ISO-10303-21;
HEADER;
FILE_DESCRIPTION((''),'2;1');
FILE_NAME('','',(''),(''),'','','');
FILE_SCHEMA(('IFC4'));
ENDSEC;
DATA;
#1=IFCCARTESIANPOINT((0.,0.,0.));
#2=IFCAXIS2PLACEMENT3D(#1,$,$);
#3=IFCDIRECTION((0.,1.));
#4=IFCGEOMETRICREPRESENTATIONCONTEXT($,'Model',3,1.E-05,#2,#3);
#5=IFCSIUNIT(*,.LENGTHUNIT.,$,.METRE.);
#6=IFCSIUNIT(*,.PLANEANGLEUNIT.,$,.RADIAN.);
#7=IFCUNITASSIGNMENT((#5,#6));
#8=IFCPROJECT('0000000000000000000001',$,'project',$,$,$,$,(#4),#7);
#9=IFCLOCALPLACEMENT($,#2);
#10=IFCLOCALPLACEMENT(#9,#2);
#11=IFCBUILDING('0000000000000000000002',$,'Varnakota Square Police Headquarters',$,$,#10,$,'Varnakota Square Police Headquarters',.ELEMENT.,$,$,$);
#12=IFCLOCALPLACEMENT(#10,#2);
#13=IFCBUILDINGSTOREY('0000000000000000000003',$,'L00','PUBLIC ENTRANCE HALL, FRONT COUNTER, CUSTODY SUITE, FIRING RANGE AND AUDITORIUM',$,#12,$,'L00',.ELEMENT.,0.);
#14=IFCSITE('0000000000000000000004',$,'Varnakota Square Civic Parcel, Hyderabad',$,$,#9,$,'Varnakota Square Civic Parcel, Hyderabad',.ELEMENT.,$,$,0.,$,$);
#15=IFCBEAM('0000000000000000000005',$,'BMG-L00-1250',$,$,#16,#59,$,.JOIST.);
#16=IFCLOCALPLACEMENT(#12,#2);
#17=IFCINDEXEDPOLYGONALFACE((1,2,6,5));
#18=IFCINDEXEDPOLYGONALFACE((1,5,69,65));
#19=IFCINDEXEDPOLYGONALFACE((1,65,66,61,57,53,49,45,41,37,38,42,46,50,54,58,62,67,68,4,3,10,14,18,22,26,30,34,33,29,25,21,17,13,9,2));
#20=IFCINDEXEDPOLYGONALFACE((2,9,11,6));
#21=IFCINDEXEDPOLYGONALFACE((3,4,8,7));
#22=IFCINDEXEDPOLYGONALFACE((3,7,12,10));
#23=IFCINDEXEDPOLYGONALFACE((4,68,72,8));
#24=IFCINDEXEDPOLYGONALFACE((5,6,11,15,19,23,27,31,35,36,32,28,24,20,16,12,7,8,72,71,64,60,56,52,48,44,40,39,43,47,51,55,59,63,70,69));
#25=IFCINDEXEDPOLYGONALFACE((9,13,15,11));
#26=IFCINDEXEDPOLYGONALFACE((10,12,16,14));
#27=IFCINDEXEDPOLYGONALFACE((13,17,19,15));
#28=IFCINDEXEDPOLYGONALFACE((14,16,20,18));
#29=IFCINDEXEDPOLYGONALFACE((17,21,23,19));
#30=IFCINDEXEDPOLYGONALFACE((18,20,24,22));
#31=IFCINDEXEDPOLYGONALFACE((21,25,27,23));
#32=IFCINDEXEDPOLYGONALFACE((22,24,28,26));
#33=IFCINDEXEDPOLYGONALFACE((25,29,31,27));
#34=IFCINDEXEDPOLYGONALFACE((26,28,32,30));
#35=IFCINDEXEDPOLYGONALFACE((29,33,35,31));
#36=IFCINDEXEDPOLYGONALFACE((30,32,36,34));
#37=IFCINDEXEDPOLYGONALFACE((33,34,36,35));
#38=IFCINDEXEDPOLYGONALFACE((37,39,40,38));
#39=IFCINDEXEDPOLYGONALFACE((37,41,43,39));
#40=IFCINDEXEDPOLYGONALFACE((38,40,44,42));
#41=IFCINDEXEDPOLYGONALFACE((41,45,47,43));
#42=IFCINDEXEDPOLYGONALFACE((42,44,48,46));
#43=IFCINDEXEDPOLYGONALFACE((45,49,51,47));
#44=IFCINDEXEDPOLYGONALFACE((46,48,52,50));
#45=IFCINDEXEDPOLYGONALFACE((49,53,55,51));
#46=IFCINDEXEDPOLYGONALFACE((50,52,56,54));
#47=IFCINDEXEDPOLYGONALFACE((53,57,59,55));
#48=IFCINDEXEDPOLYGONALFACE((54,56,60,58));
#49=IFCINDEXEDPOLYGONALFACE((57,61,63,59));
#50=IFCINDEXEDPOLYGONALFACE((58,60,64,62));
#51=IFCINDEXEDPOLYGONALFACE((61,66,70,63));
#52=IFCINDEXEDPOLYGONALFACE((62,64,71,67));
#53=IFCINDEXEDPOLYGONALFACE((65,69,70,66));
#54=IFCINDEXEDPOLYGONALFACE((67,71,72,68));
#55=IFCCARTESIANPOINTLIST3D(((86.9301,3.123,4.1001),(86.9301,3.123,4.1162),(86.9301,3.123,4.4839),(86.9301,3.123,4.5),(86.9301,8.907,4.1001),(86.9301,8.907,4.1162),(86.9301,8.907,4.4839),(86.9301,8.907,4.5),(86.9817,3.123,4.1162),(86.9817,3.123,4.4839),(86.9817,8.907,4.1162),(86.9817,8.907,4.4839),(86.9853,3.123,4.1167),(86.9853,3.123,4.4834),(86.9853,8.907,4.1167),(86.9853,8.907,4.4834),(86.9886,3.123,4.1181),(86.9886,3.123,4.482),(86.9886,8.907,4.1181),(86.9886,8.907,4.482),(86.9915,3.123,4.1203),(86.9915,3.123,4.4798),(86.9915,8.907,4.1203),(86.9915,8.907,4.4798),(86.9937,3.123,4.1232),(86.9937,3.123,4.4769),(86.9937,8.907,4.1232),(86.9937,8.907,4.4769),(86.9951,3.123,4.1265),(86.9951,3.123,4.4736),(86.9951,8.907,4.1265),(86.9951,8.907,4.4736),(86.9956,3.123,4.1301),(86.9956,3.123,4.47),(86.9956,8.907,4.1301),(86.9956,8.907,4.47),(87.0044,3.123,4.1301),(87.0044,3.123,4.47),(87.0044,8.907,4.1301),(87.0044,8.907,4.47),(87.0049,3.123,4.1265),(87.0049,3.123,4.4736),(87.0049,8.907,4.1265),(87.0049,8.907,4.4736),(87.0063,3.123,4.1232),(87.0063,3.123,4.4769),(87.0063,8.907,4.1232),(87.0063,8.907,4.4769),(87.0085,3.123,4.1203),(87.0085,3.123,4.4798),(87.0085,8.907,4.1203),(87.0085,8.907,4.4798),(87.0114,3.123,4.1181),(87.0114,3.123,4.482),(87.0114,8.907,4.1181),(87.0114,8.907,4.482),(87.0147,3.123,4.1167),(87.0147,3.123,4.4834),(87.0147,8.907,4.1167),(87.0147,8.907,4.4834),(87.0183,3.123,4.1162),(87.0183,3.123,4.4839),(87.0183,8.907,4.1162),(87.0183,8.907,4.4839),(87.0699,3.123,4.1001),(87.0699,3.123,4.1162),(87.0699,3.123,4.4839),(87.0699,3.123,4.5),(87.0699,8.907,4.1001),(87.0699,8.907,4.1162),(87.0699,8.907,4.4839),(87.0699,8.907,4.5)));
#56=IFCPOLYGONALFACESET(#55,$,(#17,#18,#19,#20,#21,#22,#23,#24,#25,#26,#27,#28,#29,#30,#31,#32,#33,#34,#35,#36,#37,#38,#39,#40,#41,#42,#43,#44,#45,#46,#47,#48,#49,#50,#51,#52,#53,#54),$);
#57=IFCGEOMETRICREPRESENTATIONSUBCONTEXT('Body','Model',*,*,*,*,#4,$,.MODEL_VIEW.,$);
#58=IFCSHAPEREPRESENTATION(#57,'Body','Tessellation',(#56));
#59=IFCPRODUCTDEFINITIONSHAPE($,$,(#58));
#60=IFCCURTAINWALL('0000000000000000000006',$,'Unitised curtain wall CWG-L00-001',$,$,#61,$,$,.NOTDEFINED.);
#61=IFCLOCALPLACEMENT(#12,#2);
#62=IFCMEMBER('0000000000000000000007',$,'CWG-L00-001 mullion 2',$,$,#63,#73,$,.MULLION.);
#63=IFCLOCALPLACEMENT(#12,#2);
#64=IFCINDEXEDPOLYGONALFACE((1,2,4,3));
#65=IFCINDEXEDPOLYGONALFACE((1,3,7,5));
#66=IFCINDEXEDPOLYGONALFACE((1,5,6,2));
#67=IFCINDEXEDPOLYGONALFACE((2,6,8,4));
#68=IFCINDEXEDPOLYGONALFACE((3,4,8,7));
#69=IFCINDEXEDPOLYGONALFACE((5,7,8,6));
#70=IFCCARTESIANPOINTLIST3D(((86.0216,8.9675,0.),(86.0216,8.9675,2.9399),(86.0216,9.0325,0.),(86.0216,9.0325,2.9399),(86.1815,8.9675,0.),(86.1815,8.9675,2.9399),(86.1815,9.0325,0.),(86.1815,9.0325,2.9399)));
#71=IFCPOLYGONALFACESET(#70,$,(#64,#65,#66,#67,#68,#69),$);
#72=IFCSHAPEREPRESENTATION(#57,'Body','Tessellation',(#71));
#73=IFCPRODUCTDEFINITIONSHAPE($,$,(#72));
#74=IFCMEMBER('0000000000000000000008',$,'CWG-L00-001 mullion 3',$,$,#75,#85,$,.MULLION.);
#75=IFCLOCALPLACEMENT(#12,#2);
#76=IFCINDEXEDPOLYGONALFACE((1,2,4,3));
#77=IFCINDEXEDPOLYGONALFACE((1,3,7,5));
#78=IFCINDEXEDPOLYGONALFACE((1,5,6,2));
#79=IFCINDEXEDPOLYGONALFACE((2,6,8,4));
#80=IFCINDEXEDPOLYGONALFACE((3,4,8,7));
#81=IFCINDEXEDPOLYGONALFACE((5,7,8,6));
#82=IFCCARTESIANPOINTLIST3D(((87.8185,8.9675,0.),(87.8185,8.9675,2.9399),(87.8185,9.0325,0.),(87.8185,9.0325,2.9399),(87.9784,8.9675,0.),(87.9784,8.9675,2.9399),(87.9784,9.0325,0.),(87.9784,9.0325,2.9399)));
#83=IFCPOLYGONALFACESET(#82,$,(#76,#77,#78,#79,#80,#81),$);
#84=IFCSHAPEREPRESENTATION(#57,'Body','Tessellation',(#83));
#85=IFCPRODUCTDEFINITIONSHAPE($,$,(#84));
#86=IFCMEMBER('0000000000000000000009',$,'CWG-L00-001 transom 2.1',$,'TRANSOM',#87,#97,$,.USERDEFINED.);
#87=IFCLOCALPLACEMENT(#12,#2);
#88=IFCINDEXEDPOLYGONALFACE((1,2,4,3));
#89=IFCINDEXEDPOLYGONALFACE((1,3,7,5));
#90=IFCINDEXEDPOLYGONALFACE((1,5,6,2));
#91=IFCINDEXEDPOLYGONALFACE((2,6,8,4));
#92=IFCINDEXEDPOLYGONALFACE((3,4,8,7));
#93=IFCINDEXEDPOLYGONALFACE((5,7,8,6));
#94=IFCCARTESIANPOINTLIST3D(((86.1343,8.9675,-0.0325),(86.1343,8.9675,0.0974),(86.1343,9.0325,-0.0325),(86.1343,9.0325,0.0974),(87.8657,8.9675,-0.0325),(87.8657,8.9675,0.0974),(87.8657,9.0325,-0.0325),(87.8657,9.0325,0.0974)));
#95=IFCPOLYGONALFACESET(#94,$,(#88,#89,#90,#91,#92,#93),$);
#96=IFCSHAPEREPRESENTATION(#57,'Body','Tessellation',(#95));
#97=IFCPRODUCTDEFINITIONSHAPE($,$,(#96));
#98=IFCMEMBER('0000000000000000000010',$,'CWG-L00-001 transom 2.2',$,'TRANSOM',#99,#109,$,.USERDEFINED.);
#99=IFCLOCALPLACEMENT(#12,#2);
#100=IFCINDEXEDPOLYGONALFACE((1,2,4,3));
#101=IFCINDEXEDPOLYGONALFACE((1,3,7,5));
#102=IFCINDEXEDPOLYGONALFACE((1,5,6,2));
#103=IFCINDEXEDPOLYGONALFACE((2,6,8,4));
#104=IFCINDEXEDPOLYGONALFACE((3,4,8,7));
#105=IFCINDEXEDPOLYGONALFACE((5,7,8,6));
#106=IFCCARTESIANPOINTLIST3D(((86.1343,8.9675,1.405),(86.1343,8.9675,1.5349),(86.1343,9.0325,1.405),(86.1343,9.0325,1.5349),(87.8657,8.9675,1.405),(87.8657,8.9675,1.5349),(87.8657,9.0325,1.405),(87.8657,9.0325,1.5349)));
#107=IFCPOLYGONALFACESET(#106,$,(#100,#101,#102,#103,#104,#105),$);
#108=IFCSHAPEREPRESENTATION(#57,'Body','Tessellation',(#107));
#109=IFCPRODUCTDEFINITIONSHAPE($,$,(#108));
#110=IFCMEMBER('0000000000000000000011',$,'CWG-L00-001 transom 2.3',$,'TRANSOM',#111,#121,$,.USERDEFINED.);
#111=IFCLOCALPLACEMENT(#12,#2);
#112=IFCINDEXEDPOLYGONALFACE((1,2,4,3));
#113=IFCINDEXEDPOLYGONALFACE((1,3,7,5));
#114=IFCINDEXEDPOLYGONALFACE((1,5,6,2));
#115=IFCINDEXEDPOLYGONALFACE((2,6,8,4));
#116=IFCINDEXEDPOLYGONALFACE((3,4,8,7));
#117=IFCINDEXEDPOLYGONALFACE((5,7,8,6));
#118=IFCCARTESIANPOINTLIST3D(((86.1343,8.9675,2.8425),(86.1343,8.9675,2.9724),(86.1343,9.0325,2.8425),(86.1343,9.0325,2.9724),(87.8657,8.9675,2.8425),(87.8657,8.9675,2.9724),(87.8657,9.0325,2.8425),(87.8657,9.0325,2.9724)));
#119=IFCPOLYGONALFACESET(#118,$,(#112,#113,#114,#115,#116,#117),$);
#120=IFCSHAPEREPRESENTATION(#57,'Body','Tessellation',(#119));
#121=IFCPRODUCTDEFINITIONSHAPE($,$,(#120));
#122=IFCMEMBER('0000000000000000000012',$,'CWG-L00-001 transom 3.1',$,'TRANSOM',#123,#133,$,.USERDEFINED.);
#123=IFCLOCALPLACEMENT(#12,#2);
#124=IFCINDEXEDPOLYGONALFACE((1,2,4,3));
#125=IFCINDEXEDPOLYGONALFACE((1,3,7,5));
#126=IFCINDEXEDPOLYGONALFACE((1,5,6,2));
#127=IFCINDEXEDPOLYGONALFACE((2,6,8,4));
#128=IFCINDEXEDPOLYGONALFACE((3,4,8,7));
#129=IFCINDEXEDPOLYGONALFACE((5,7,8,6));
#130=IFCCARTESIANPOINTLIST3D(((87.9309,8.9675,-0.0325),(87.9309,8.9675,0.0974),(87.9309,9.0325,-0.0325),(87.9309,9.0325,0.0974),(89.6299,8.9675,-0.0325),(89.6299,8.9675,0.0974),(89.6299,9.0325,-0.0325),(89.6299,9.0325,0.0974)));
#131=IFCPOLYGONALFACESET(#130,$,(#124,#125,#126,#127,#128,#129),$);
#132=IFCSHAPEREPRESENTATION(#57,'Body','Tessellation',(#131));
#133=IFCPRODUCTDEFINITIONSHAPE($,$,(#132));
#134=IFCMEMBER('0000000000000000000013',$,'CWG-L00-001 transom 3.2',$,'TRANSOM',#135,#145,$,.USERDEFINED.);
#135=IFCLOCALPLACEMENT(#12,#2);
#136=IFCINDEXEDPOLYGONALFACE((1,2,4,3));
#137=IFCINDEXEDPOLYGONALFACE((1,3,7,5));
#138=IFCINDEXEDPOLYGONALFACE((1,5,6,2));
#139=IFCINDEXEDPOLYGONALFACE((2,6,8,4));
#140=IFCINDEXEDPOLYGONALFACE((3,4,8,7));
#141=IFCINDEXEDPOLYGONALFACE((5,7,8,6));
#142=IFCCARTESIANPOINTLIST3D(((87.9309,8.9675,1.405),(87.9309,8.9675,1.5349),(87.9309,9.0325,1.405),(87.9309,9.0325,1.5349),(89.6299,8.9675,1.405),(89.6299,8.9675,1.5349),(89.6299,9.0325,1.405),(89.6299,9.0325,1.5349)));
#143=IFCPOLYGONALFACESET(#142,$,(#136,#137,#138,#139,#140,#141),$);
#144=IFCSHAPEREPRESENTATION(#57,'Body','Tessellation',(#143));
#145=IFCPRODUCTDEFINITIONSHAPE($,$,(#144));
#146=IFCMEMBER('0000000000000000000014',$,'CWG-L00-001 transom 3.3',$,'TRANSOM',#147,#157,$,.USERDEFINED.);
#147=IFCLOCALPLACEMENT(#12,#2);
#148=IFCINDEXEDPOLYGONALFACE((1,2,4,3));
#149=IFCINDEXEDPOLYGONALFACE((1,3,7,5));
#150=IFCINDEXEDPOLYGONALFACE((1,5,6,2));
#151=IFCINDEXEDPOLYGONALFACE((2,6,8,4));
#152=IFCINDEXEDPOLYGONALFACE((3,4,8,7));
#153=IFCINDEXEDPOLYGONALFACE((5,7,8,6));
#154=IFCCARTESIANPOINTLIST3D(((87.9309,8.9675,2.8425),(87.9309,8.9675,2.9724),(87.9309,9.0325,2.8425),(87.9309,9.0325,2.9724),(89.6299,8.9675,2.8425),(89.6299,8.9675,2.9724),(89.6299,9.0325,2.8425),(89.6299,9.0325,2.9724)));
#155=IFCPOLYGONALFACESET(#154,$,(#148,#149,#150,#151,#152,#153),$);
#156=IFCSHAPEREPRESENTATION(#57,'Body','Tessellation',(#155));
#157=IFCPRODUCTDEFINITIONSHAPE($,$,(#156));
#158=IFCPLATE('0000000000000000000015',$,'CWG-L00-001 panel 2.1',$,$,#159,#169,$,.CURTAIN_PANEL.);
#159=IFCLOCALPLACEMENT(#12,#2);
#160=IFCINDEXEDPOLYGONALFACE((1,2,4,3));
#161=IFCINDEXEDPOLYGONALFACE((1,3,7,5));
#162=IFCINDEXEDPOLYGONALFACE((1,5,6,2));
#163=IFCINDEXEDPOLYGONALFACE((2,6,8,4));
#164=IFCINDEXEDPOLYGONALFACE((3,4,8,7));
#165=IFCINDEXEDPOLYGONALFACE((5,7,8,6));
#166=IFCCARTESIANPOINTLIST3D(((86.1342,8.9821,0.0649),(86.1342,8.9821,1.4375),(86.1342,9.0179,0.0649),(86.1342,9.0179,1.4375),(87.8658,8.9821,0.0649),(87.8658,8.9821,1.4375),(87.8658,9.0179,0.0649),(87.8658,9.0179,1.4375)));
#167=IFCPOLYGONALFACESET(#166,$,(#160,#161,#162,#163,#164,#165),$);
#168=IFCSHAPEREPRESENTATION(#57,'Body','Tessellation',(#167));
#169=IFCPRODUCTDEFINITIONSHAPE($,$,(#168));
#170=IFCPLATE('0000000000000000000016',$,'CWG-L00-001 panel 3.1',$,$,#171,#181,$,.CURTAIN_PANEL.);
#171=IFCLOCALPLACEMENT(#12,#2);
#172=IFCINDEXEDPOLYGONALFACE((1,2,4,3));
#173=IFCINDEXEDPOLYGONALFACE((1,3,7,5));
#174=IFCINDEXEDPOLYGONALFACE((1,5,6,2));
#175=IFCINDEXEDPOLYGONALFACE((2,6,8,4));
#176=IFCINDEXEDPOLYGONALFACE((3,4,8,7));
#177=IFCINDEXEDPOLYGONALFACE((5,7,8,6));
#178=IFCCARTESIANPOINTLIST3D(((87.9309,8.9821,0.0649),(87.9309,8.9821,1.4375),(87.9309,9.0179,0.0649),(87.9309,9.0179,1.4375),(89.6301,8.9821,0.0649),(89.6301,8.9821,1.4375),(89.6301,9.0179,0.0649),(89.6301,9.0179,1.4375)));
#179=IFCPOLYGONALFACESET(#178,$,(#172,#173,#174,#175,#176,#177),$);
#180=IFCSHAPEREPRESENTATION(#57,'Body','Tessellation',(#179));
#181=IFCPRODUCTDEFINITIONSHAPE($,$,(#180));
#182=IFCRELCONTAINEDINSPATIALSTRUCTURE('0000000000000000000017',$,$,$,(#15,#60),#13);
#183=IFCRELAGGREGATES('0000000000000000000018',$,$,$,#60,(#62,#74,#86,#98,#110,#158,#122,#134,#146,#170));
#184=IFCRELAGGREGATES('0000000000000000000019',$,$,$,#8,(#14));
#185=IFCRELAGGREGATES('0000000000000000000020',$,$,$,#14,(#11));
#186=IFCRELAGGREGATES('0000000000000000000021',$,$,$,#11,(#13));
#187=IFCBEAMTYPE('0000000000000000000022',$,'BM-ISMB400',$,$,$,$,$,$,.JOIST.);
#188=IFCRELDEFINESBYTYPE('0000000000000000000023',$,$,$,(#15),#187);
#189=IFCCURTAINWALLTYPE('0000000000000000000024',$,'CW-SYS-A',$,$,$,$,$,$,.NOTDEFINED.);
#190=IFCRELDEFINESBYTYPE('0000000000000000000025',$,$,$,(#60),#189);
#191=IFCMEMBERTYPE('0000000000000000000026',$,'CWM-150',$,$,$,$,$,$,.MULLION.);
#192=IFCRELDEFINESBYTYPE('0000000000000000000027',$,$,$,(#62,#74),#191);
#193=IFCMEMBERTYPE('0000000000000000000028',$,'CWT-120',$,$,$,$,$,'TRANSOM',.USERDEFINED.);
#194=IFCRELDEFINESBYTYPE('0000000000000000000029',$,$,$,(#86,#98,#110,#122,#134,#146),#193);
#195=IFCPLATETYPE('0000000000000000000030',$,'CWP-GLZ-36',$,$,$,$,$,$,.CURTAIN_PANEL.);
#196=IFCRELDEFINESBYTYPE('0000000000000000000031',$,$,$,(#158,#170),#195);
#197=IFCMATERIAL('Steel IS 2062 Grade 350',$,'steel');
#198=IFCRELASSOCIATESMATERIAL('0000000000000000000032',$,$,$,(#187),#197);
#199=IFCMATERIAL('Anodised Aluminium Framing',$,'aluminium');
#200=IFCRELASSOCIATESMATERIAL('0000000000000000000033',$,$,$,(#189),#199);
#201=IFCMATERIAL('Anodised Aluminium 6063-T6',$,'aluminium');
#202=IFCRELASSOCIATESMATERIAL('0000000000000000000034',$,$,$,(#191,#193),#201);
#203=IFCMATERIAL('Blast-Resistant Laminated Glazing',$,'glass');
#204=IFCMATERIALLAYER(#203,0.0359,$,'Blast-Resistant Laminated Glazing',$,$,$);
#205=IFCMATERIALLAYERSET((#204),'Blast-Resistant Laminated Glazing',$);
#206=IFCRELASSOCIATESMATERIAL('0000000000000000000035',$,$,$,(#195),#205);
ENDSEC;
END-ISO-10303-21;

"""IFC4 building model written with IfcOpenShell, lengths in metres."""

from ifc_helpers import new_model, si_unit, direction, frame, origin, origin_2d, place, context, subcontext, project, spatial, rectangle, i_section, extrude, material, layer, layer_set, material_profile, profile_set, type_object, element, aggregate, save


model = new_model("IFC4")

# Units and contexts
model_context = context("Model", 3, precision=1e-05, world=origin(), true_north=direction((0.0, 1.0)))
body_context = subcontext(model_context, "Body", "Model", "MODEL_VIEW")
ifc_project = project(units=[si_unit("LENGTHUNIT", "METRE"), si_unit("PLANEANGLEUNIT", "RADIAN")], contexts=[model_context])

# Site, building, storey
site_placement = place(None, origin())
site = spatial("IfcSite", under=ifc_project, at=site_placement, Name="Varnakota Square Civic Parcel, Hyderabad", LongName="Varnakota Square Civic Parcel, Hyderabad", CompositionType="ELEMENT", RefElevation=0.0)
building_placement = place(site_placement, origin())
building = spatial("IfcBuilding", under=site, at=building_placement, Name="Varnakota Square Police Headquarters", LongName="Varnakota Square Police Headquarters", CompositionType="ELEMENT")
storey_placement = place(building_placement, origin())
storey = spatial("IfcBuildingStorey", under=building, at=storey_placement, Name="L00", Description="PUBLIC ENTRANCE HALL, FRONT COUNTER, CUSTODY SUITE, FIRING RANGE AND AUDITORIUM", LongName="L00", CompositionType="ELEMENT", Elevation=0.0)

# Beam
ifc_material_1 = material(Name="Steel IS 2062 Grade 350", Category="steel")
ifc_material_profile_1 = material_profile(ifc_material_1, i_section(OverallWidth=0.1399, OverallDepth=0.3999, WebThickness=0.0088, FlangeThickness=0.0161, FilletRadius=0.0139, at=origin_2d()), Name="ISMB 400")
ifc_profile_set_1 = profile_set([ifc_material_profile_1], Name="Steel IS 2062 Grade 350")
beam_type = type_object("IfcBeamType", Name="BM-ISMB400", PredefinedType="JOIST", material=ifc_profile_set_1)
beam_placement = place(storey_placement, frame((87.0, 3.123, 4.3), z_axis=(0.0, 1.0, 0.0), x_axis=(-1.0, 0.0, 0.0)))
element("IfcBeam", 1, at=beam_placement, inside=storey, type_object=beam_type, Name="BMG-L00-1250", PredefinedType="JOIST", context=body_context, shape_type="SweptSolid", body=[
    extrude(i_section(OverallWidth=0.1399, OverallDepth=0.3999, WebThickness=0.0088, FlangeThickness=0.0161, FilletRadius=0.0139, at=origin_2d()), origin(), (0.0, 0.0, 1.0), 5.7839),
])

# Curtain wall, members, plates
ifc_material_2 = material(Name="Anodised Aluminium Framing", Category="aluminium")
curtain_wall_type = type_object("IfcCurtainWallType", Name="CW-SYS-A", PredefinedType="NOTDEFINED", material=ifc_material_2)
curtain_wall_placement = place(storey_placement, origin())
curtain_wall = element("IfcCurtainWall", 2, at=curtain_wall_placement, inside=storey, type_object=curtain_wall_type, Name="Unitised curtain wall CWG-L00-001", PredefinedType="NOTDEFINED")
ifc_material_3 = material(Name="Anodised Aluminium 6063-T6", Category="aluminium")
ifc_material_profile_2 = material_profile(ifc_material_3, rectangle(XDim=0.0649, YDim=0.1599, at=origin_2d()), Name="ALU MULLION 65x160")
ifc_profile_set_2 = profile_set([ifc_material_profile_2], Name="Anodised Aluminium 6063-T6")
member_type_1 = type_object("IfcMemberType", Name="CWM-150", PredefinedType="MULLION", material=ifc_profile_set_2)
member_1_placement = place(storey_placement, frame((86.1016, 9.0, 0.0), z_axis=(0.0, 0.0, 1.0), x_axis=(0.0, 1.0, 0.0)))
member_1 = element("IfcMember", 3, at=member_1_placement, type_object=member_type_1, Name="CWG-L00-001 mullion 2", PredefinedType="MULLION", context=body_context, shape_type="SweptSolid", body=[
    extrude(rectangle(XDim=0.0649, YDim=0.1599, at=origin_2d()), origin(), (0.0, 0.0, 1.0), 2.9399),
])
member_2_placement = place(storey_placement, frame((87.8984, 9.0, 0.0), z_axis=(0.0, 0.0, 1.0), x_axis=(0.0, 1.0, 0.0)))
member_2 = element("IfcMember", 4, at=member_2_placement, type_object=member_type_1, Name="CWG-L00-001 mullion 3", PredefinedType="MULLION", context=body_context, shape_type="SweptSolid", body=[
    extrude(rectangle(XDim=0.0649, YDim=0.1599, at=origin_2d()), origin(), (0.0, 0.0, 1.0), 2.9399),
])
ifc_material_profile_3 = material_profile(ifc_material_3, rectangle(XDim=0.0649, YDim=0.1299, at=origin_2d()), Name="ALU TRANSOM 65x130")
ifc_profile_set_3 = profile_set([ifc_material_profile_3], Name="Anodised Aluminium 6063-T6")
member_type_2 = type_object("IfcMemberType", Name="CWT-120", ElementType="TRANSOM", PredefinedType="USERDEFINED", material=ifc_profile_set_3)
member_3_placement = place(storey_placement, frame((86.1343, 9.0, 0.0325), z_axis=(1.0, 0.0, 0.0), x_axis=(0.0, 1.0, 0.0)))
member_3 = element("IfcMember", 5, at=member_3_placement, type_object=member_type_2, Name="CWG-L00-001 transom 2.1", ObjectType="TRANSOM", PredefinedType="USERDEFINED", context=body_context, shape_type="SweptSolid", body=[
    extrude(rectangle(XDim=0.0649, YDim=0.1299, at=origin_2d()), origin(), (0.0, 0.0, 1.0), 1.7314),
])
member_4_placement = place(storey_placement, frame((86.1343, 9.0, 1.47), z_axis=(1.0, 0.0, 0.0), x_axis=(0.0, 1.0, 0.0)))
member_4 = element("IfcMember", 6, at=member_4_placement, type_object=member_type_2, Name="CWG-L00-001 transom 2.2", ObjectType="TRANSOM", PredefinedType="USERDEFINED", context=body_context, shape_type="SweptSolid", body=[
    extrude(rectangle(XDim=0.0649, YDim=0.1299, at=origin_2d()), origin(), (0.0, 0.0, 1.0), 1.7314),
])
member_5_placement = place(storey_placement, frame((86.1343, 9.0, 2.9075), z_axis=(1.0, 0.0, 0.0), x_axis=(0.0, 1.0, 0.0)))
member_5 = element("IfcMember", 7, at=member_5_placement, type_object=member_type_2, Name="CWG-L00-001 transom 2.3", ObjectType="TRANSOM", PredefinedType="USERDEFINED", context=body_context, shape_type="SweptSolid", body=[
    extrude(rectangle(XDim=0.0649, YDim=0.1299, at=origin_2d()), origin(), (0.0, 0.0, 1.0), 1.7314),
])
member_6_placement = place(storey_placement, frame((87.9309, 9.0, 0.0325), z_axis=(1.0, 0.0, 0.0), x_axis=(0.0, 1.0, 0.0)))
member_6 = element("IfcMember", 8, at=member_6_placement, type_object=member_type_2, Name="CWG-L00-001 transom 3.1", ObjectType="TRANSOM", PredefinedType="USERDEFINED", context=body_context, shape_type="SweptSolid", body=[
    extrude(rectangle(XDim=0.0649, YDim=0.1299, at=origin_2d()), origin(), (0.0, 0.0, 1.0), 1.699),
])
member_7_placement = place(storey_placement, frame((87.9309, 9.0, 1.47), z_axis=(1.0, 0.0, 0.0), x_axis=(0.0, 1.0, 0.0)))
member_7 = element("IfcMember", 9, at=member_7_placement, type_object=member_type_2, Name="CWG-L00-001 transom 3.2", ObjectType="TRANSOM", PredefinedType="USERDEFINED", context=body_context, shape_type="SweptSolid", body=[
    extrude(rectangle(XDim=0.0649, YDim=0.1299, at=origin_2d()), origin(), (0.0, 0.0, 1.0), 1.699),
])
member_8_placement = place(storey_placement, frame((87.9309, 9.0, 2.9075), z_axis=(1.0, 0.0, 0.0), x_axis=(0.0, 1.0, 0.0)))
member_8 = element("IfcMember", 10, at=member_8_placement, type_object=member_type_2, Name="CWG-L00-001 transom 3.3", ObjectType="TRANSOM", PredefinedType="USERDEFINED", context=body_context, shape_type="SweptSolid", body=[
    extrude(rectangle(XDim=0.0649, YDim=0.1299, at=origin_2d()), origin(), (0.0, 0.0, 1.0), 1.699),
])
ifc_material_4 = material(Name="Blast-Resistant Laminated Glazing", Category="glass")
ifc_layer_1 = layer(ifc_material_4, 0.0359, Name="Blast-Resistant Laminated Glazing")
ifc_layer_set_1 = layer_set([ifc_layer_1], Name="Blast-Resistant Laminated Glazing")
plate_type_1 = type_object("IfcPlateType", Name="CWP-GLZ-36", PredefinedType="CURTAIN_PANEL", material=ifc_layer_set_1)
plate_1_placement = place(storey_placement, frame((87.0, 9.0, 0.0649), z_axis=(0.0, 0.0, 1.0), x_axis=(1.0, 0.0, 0.0)))
plate_1 = element("IfcPlate", 11, at=plate_1_placement, type_object=plate_type_1, Name="CWG-L00-001 panel 2.1", PredefinedType="CURTAIN_PANEL", context=body_context, shape_type="SweptSolid", body=[
    extrude(rectangle(XDim=1.7317, YDim=0.0359, at=origin_2d()), origin(), (0.0, 0.0, 1.0), 1.3726),
])
plate_2_placement = place(storey_placement, frame((88.7805, 9.0, 0.0649), z_axis=(0.0, 0.0, 1.0), x_axis=(1.0, 0.0, 0.0)))
plate_2 = element("IfcPlate", 12, at=plate_2_placement, type_object=plate_type_1, Name="CWG-L00-001 panel 3.1", PredefinedType="CURTAIN_PANEL", context=body_context, shape_type="SweptSolid", body=[
    extrude(rectangle(XDim=1.6992, YDim=0.0359, at=origin_2d()), origin(), (0.0, 0.0, 1.0), 1.3726),
])
aggregate(curtain_wall, [member_1, member_2, member_3, member_4, member_5, plate_1, member_6, member_7, member_8, plate_2])

save(model, "model.ifc")
